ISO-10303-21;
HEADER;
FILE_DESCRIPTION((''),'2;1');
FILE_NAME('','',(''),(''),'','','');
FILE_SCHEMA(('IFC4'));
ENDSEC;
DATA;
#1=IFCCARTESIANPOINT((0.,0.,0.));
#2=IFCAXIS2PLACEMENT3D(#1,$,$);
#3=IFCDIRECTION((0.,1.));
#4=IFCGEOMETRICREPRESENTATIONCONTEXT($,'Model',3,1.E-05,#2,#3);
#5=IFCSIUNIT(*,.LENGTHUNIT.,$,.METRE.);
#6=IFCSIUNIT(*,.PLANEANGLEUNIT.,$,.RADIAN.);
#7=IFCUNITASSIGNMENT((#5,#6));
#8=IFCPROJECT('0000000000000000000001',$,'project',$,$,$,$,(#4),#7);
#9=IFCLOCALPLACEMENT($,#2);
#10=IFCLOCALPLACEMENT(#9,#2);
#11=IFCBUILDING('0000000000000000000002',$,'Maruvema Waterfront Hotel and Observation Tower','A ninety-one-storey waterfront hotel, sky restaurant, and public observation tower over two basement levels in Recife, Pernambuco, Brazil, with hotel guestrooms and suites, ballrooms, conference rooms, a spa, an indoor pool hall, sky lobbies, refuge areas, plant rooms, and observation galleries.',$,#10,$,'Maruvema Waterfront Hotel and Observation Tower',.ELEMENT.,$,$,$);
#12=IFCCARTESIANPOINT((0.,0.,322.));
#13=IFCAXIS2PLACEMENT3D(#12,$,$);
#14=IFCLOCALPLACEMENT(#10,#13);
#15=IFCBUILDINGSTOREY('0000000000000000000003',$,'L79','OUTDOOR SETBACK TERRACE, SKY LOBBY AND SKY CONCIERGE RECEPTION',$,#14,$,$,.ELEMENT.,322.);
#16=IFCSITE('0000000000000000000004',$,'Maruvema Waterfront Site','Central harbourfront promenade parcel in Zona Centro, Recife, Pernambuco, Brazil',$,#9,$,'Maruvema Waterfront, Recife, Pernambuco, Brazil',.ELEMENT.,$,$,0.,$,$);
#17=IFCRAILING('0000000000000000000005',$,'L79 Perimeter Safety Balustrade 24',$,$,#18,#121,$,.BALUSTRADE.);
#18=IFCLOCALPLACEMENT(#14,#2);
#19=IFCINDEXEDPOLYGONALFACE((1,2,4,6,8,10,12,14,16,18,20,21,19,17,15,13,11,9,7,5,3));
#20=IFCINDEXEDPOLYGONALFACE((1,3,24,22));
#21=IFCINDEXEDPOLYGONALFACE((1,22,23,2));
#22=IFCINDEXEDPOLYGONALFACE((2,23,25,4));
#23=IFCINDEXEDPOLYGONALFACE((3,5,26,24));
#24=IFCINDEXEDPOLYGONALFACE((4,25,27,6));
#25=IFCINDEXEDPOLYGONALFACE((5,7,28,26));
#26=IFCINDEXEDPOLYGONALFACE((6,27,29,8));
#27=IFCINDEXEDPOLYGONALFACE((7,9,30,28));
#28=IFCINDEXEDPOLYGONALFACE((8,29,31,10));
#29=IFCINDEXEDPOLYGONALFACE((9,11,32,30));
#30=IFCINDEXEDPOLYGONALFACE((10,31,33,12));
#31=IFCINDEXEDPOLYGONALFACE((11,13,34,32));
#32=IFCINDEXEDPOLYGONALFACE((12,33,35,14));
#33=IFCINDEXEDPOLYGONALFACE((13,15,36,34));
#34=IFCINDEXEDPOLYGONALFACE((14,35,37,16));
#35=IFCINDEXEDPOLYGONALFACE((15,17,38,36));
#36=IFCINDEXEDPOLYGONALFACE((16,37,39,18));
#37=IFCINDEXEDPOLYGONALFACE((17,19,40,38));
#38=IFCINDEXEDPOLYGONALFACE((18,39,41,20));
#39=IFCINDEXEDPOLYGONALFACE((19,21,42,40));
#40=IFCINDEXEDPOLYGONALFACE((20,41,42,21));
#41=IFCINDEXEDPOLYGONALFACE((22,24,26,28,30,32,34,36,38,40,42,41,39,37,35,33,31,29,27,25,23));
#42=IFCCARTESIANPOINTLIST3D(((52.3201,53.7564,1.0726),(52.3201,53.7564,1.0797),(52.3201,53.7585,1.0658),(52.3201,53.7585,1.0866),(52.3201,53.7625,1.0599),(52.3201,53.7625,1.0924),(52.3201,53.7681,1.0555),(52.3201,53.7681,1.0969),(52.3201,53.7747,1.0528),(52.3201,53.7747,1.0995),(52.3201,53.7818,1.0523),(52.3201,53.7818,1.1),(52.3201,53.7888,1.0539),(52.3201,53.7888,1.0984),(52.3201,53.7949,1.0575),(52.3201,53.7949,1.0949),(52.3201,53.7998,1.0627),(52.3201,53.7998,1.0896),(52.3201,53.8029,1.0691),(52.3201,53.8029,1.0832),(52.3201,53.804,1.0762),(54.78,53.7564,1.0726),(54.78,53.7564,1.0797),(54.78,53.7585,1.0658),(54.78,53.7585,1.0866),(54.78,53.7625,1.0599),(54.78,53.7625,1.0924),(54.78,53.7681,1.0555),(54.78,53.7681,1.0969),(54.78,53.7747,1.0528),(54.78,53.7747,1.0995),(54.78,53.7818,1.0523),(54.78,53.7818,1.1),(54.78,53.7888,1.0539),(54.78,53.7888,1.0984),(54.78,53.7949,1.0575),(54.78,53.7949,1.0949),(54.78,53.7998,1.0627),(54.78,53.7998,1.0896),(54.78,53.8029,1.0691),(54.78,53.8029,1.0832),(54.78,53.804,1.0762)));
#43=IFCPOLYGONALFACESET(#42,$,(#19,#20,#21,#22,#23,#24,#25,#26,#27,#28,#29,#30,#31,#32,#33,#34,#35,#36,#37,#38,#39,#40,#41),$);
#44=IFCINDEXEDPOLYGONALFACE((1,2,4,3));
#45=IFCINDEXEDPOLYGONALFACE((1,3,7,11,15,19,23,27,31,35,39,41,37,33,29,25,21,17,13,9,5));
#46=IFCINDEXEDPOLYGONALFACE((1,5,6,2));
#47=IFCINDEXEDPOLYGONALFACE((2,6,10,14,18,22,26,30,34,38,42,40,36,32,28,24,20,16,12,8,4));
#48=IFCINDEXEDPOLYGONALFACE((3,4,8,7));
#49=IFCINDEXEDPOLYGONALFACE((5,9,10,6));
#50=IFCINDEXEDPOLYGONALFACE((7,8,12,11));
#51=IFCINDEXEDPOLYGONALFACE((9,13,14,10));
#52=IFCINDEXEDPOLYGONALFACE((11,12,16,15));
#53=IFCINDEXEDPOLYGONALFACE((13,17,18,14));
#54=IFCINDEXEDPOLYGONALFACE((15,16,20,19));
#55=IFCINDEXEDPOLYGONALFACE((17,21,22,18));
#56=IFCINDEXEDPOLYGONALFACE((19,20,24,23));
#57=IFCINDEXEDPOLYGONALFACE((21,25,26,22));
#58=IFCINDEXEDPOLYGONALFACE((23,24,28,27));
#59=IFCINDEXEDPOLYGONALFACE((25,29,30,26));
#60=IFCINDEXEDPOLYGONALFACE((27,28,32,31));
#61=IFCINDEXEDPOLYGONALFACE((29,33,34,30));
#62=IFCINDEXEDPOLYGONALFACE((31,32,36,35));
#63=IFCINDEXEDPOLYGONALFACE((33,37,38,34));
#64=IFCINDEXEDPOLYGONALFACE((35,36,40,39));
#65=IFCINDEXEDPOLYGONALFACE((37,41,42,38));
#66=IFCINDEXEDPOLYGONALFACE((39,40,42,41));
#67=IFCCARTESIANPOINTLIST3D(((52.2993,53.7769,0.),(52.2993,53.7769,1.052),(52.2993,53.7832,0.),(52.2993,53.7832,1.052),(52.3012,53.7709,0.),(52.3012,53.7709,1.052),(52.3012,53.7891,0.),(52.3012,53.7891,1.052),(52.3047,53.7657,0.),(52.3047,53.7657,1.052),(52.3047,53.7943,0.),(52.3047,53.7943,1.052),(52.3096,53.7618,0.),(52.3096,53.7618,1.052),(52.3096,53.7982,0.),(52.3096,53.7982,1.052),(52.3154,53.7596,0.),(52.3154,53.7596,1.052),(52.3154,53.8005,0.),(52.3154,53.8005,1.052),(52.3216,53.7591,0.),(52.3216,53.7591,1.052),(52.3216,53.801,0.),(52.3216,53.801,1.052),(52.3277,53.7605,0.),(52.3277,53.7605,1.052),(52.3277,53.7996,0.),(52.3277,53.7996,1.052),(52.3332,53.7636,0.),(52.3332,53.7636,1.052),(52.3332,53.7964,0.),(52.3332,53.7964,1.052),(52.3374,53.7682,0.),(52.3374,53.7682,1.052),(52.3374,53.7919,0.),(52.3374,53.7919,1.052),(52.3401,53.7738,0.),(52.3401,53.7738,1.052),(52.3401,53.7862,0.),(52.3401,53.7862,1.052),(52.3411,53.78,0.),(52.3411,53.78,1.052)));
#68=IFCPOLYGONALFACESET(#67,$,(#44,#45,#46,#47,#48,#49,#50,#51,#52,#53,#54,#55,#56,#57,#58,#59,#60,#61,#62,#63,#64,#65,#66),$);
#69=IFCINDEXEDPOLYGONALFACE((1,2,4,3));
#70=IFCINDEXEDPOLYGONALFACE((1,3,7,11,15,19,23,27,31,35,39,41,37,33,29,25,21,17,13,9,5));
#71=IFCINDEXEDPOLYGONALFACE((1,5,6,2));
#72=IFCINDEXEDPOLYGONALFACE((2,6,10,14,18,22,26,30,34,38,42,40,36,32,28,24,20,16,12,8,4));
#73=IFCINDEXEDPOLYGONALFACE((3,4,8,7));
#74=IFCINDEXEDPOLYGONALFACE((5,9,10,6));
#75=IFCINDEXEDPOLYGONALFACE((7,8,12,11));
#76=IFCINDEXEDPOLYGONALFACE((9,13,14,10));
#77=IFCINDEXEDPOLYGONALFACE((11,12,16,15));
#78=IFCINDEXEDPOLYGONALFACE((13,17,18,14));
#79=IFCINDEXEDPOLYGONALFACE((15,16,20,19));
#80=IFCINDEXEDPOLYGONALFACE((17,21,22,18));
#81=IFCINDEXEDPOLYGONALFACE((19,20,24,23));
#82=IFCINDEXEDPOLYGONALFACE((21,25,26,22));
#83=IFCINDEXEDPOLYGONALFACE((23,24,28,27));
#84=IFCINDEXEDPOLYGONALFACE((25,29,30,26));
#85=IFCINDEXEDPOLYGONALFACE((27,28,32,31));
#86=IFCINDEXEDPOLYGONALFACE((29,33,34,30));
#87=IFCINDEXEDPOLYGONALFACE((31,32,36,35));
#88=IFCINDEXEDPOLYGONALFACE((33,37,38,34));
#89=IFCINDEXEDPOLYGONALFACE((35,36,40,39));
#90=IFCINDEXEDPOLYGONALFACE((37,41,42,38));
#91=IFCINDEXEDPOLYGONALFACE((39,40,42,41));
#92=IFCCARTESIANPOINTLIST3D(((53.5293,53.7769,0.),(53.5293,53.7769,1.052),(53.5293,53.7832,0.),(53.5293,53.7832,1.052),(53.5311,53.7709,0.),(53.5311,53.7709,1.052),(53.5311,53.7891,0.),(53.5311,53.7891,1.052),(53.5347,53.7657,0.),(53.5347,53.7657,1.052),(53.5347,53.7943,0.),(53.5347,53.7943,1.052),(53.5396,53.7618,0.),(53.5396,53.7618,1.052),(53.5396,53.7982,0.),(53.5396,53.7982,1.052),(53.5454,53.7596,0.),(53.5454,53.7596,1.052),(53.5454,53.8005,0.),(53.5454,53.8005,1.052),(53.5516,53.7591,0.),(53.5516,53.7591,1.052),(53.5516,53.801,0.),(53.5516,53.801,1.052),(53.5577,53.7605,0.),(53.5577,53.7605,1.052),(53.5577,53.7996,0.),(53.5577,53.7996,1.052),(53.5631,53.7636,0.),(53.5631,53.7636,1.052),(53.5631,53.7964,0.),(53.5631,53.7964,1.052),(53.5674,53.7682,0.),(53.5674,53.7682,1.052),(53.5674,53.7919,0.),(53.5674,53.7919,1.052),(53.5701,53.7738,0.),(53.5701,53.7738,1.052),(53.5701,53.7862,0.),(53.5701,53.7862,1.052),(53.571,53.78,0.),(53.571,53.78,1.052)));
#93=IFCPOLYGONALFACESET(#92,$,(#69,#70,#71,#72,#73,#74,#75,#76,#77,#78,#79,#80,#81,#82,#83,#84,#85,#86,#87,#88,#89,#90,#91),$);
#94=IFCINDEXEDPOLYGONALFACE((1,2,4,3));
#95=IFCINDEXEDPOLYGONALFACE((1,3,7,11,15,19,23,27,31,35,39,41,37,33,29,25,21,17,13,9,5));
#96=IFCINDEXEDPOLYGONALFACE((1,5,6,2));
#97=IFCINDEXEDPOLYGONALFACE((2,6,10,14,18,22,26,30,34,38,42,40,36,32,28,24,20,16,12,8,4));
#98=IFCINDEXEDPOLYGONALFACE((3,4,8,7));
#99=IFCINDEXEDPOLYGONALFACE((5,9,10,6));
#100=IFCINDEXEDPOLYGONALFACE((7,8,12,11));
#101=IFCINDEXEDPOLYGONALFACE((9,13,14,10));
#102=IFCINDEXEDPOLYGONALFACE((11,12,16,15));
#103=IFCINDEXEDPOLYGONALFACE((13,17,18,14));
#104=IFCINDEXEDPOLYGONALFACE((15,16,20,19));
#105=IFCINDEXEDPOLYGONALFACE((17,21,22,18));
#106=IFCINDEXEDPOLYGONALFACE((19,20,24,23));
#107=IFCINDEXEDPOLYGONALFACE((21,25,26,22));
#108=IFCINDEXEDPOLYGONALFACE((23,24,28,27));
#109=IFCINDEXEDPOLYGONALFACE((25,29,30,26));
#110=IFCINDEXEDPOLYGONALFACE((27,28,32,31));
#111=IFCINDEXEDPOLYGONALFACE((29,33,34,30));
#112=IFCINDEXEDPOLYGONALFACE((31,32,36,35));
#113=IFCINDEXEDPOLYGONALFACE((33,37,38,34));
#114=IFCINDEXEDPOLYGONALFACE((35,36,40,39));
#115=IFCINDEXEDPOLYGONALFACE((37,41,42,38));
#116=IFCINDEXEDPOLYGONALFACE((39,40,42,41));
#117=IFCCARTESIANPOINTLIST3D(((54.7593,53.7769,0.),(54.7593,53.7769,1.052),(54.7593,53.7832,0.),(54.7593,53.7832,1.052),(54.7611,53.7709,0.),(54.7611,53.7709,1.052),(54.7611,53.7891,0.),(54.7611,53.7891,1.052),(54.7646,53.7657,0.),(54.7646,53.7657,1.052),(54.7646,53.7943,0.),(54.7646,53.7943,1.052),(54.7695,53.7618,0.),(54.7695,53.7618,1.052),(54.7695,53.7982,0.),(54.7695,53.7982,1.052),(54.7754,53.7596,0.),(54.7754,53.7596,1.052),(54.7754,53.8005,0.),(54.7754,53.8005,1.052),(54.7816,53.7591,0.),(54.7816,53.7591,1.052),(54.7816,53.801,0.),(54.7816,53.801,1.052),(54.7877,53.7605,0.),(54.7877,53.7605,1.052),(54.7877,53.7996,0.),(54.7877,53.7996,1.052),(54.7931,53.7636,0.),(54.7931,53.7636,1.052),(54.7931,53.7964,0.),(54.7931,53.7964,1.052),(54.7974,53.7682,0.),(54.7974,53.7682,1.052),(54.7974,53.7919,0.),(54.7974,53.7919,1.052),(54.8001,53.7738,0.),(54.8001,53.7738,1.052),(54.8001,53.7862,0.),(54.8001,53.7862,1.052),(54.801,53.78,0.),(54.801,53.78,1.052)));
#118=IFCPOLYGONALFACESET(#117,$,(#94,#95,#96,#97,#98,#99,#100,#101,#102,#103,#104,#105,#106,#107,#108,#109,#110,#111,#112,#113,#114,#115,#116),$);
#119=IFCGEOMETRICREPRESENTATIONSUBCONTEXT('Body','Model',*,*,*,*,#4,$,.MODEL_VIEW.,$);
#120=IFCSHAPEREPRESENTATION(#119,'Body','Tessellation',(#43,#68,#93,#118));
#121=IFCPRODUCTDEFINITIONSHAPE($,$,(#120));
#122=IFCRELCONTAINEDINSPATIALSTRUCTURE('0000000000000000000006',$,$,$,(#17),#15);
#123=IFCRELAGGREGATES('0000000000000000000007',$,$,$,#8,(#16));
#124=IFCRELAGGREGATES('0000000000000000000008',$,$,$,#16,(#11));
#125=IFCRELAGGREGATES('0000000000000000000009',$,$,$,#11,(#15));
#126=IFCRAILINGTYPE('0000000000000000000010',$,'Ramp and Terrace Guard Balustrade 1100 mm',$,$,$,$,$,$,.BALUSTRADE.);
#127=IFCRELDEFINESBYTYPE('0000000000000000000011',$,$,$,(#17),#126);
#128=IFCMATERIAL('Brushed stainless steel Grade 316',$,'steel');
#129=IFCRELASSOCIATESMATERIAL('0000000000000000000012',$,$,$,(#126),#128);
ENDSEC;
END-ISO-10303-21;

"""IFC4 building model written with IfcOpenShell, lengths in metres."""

from ifc_helpers import new_model, si_unit, direction, frame, origin, origin_2d, place, context, subcontext, project, spatial, circle, extrude, material, type_object, element, save


model = new_model("IFC4")

# Units and contexts
model_context = context("Model", 3, precision=1e-05, world=origin(), true_north=direction((0.0, 1.0)))
body_context = subcontext(model_context, "Body", "Model", "MODEL_VIEW")
ifc_project = project(units=[si_unit("LENGTHUNIT", "METRE"), si_unit("PLANEANGLEUNIT", "RADIAN")], contexts=[model_context])

# Site, building, storey
site_placement = place(None, origin())
site = spatial("IfcSite", under=ifc_project, at=site_placement, Name="Maruvema Waterfront Site", Description="Central harbourfront promenade parcel in Zona Centro, Recife, Pernambuco, Brazil", LongName="Maruvema Waterfront, Recife, Pernambuco, Brazil", CompositionType="ELEMENT", RefElevation=0.0)
building_placement = place(site_placement, origin())
building = spatial("IfcBuilding", under=site, at=building_placement, Name="Maruvema Waterfront Hotel and Observation Tower", Description="A ninety-one-storey waterfront hotel, sky restaurant, and public observation tower over two basement levels in Recife, Pernambuco, Brazil, with hotel guestrooms and suites, ballrooms, conference rooms, a spa, an indoor pool hall, sky lobbies, refuge areas, plant rooms, and observation galleries.", LongName="Maruvema Waterfront Hotel and Observation Tower", CompositionType="ELEMENT")
storey_placement = place(building_placement, frame((0.0, 0.0, 322.0)))
storey = spatial("IfcBuildingStorey", under=building, at=storey_placement, Name="L79", Description="OUTDOOR SETBACK TERRACE, SKY LOBBY AND SKY CONCIERGE RECEPTION", CompositionType="ELEMENT", Elevation=322.0)

# Railing
ifc_material_1 = material(Name="Brushed stainless steel Grade 316", Category="steel")
railing_type_1 = type_object("IfcRailingType", Name="Ramp and Terrace Guard Balustrade 1100 mm", PredefinedType="BALUSTRADE", material=ifc_material_1)
railing_1_placement = place(storey_placement, frame((52.3201, 53.78, 0.0)))
element("IfcRailing", 1, at=railing_1_placement, inside=storey, type_object=railing_type_1, Name="L79 Perimeter Safety Balustrade 24", PredefinedType="BALUSTRADE", context=body_context, shape_type="SweptSolid", body=[
    extrude(circle(Radius=0.0239, at=origin_2d()), frame((0.0, 0.0, 1.0762), z_axis=(1.0, 0.0, 0.0), x_axis=(0.0, 1.0, 0.0)), (0.0, 0.0, 1.0), 2.46),
    extrude(circle(Radius=0.021, at=origin_2d()), origin(), (0.0, 0.0, 1.0), 1.052),
    extrude(circle(Radius=0.021, at=origin_2d()), frame((1.23, 0.0, 0.0)), (0.0, 0.0, 1.0), 1.052),
    extrude(circle(Radius=0.021, at=origin_2d()), frame((2.46, 0.0, 0.0)), (0.0, 0.0, 1.0), 1.052),
])

save(model, "model.ifc")
